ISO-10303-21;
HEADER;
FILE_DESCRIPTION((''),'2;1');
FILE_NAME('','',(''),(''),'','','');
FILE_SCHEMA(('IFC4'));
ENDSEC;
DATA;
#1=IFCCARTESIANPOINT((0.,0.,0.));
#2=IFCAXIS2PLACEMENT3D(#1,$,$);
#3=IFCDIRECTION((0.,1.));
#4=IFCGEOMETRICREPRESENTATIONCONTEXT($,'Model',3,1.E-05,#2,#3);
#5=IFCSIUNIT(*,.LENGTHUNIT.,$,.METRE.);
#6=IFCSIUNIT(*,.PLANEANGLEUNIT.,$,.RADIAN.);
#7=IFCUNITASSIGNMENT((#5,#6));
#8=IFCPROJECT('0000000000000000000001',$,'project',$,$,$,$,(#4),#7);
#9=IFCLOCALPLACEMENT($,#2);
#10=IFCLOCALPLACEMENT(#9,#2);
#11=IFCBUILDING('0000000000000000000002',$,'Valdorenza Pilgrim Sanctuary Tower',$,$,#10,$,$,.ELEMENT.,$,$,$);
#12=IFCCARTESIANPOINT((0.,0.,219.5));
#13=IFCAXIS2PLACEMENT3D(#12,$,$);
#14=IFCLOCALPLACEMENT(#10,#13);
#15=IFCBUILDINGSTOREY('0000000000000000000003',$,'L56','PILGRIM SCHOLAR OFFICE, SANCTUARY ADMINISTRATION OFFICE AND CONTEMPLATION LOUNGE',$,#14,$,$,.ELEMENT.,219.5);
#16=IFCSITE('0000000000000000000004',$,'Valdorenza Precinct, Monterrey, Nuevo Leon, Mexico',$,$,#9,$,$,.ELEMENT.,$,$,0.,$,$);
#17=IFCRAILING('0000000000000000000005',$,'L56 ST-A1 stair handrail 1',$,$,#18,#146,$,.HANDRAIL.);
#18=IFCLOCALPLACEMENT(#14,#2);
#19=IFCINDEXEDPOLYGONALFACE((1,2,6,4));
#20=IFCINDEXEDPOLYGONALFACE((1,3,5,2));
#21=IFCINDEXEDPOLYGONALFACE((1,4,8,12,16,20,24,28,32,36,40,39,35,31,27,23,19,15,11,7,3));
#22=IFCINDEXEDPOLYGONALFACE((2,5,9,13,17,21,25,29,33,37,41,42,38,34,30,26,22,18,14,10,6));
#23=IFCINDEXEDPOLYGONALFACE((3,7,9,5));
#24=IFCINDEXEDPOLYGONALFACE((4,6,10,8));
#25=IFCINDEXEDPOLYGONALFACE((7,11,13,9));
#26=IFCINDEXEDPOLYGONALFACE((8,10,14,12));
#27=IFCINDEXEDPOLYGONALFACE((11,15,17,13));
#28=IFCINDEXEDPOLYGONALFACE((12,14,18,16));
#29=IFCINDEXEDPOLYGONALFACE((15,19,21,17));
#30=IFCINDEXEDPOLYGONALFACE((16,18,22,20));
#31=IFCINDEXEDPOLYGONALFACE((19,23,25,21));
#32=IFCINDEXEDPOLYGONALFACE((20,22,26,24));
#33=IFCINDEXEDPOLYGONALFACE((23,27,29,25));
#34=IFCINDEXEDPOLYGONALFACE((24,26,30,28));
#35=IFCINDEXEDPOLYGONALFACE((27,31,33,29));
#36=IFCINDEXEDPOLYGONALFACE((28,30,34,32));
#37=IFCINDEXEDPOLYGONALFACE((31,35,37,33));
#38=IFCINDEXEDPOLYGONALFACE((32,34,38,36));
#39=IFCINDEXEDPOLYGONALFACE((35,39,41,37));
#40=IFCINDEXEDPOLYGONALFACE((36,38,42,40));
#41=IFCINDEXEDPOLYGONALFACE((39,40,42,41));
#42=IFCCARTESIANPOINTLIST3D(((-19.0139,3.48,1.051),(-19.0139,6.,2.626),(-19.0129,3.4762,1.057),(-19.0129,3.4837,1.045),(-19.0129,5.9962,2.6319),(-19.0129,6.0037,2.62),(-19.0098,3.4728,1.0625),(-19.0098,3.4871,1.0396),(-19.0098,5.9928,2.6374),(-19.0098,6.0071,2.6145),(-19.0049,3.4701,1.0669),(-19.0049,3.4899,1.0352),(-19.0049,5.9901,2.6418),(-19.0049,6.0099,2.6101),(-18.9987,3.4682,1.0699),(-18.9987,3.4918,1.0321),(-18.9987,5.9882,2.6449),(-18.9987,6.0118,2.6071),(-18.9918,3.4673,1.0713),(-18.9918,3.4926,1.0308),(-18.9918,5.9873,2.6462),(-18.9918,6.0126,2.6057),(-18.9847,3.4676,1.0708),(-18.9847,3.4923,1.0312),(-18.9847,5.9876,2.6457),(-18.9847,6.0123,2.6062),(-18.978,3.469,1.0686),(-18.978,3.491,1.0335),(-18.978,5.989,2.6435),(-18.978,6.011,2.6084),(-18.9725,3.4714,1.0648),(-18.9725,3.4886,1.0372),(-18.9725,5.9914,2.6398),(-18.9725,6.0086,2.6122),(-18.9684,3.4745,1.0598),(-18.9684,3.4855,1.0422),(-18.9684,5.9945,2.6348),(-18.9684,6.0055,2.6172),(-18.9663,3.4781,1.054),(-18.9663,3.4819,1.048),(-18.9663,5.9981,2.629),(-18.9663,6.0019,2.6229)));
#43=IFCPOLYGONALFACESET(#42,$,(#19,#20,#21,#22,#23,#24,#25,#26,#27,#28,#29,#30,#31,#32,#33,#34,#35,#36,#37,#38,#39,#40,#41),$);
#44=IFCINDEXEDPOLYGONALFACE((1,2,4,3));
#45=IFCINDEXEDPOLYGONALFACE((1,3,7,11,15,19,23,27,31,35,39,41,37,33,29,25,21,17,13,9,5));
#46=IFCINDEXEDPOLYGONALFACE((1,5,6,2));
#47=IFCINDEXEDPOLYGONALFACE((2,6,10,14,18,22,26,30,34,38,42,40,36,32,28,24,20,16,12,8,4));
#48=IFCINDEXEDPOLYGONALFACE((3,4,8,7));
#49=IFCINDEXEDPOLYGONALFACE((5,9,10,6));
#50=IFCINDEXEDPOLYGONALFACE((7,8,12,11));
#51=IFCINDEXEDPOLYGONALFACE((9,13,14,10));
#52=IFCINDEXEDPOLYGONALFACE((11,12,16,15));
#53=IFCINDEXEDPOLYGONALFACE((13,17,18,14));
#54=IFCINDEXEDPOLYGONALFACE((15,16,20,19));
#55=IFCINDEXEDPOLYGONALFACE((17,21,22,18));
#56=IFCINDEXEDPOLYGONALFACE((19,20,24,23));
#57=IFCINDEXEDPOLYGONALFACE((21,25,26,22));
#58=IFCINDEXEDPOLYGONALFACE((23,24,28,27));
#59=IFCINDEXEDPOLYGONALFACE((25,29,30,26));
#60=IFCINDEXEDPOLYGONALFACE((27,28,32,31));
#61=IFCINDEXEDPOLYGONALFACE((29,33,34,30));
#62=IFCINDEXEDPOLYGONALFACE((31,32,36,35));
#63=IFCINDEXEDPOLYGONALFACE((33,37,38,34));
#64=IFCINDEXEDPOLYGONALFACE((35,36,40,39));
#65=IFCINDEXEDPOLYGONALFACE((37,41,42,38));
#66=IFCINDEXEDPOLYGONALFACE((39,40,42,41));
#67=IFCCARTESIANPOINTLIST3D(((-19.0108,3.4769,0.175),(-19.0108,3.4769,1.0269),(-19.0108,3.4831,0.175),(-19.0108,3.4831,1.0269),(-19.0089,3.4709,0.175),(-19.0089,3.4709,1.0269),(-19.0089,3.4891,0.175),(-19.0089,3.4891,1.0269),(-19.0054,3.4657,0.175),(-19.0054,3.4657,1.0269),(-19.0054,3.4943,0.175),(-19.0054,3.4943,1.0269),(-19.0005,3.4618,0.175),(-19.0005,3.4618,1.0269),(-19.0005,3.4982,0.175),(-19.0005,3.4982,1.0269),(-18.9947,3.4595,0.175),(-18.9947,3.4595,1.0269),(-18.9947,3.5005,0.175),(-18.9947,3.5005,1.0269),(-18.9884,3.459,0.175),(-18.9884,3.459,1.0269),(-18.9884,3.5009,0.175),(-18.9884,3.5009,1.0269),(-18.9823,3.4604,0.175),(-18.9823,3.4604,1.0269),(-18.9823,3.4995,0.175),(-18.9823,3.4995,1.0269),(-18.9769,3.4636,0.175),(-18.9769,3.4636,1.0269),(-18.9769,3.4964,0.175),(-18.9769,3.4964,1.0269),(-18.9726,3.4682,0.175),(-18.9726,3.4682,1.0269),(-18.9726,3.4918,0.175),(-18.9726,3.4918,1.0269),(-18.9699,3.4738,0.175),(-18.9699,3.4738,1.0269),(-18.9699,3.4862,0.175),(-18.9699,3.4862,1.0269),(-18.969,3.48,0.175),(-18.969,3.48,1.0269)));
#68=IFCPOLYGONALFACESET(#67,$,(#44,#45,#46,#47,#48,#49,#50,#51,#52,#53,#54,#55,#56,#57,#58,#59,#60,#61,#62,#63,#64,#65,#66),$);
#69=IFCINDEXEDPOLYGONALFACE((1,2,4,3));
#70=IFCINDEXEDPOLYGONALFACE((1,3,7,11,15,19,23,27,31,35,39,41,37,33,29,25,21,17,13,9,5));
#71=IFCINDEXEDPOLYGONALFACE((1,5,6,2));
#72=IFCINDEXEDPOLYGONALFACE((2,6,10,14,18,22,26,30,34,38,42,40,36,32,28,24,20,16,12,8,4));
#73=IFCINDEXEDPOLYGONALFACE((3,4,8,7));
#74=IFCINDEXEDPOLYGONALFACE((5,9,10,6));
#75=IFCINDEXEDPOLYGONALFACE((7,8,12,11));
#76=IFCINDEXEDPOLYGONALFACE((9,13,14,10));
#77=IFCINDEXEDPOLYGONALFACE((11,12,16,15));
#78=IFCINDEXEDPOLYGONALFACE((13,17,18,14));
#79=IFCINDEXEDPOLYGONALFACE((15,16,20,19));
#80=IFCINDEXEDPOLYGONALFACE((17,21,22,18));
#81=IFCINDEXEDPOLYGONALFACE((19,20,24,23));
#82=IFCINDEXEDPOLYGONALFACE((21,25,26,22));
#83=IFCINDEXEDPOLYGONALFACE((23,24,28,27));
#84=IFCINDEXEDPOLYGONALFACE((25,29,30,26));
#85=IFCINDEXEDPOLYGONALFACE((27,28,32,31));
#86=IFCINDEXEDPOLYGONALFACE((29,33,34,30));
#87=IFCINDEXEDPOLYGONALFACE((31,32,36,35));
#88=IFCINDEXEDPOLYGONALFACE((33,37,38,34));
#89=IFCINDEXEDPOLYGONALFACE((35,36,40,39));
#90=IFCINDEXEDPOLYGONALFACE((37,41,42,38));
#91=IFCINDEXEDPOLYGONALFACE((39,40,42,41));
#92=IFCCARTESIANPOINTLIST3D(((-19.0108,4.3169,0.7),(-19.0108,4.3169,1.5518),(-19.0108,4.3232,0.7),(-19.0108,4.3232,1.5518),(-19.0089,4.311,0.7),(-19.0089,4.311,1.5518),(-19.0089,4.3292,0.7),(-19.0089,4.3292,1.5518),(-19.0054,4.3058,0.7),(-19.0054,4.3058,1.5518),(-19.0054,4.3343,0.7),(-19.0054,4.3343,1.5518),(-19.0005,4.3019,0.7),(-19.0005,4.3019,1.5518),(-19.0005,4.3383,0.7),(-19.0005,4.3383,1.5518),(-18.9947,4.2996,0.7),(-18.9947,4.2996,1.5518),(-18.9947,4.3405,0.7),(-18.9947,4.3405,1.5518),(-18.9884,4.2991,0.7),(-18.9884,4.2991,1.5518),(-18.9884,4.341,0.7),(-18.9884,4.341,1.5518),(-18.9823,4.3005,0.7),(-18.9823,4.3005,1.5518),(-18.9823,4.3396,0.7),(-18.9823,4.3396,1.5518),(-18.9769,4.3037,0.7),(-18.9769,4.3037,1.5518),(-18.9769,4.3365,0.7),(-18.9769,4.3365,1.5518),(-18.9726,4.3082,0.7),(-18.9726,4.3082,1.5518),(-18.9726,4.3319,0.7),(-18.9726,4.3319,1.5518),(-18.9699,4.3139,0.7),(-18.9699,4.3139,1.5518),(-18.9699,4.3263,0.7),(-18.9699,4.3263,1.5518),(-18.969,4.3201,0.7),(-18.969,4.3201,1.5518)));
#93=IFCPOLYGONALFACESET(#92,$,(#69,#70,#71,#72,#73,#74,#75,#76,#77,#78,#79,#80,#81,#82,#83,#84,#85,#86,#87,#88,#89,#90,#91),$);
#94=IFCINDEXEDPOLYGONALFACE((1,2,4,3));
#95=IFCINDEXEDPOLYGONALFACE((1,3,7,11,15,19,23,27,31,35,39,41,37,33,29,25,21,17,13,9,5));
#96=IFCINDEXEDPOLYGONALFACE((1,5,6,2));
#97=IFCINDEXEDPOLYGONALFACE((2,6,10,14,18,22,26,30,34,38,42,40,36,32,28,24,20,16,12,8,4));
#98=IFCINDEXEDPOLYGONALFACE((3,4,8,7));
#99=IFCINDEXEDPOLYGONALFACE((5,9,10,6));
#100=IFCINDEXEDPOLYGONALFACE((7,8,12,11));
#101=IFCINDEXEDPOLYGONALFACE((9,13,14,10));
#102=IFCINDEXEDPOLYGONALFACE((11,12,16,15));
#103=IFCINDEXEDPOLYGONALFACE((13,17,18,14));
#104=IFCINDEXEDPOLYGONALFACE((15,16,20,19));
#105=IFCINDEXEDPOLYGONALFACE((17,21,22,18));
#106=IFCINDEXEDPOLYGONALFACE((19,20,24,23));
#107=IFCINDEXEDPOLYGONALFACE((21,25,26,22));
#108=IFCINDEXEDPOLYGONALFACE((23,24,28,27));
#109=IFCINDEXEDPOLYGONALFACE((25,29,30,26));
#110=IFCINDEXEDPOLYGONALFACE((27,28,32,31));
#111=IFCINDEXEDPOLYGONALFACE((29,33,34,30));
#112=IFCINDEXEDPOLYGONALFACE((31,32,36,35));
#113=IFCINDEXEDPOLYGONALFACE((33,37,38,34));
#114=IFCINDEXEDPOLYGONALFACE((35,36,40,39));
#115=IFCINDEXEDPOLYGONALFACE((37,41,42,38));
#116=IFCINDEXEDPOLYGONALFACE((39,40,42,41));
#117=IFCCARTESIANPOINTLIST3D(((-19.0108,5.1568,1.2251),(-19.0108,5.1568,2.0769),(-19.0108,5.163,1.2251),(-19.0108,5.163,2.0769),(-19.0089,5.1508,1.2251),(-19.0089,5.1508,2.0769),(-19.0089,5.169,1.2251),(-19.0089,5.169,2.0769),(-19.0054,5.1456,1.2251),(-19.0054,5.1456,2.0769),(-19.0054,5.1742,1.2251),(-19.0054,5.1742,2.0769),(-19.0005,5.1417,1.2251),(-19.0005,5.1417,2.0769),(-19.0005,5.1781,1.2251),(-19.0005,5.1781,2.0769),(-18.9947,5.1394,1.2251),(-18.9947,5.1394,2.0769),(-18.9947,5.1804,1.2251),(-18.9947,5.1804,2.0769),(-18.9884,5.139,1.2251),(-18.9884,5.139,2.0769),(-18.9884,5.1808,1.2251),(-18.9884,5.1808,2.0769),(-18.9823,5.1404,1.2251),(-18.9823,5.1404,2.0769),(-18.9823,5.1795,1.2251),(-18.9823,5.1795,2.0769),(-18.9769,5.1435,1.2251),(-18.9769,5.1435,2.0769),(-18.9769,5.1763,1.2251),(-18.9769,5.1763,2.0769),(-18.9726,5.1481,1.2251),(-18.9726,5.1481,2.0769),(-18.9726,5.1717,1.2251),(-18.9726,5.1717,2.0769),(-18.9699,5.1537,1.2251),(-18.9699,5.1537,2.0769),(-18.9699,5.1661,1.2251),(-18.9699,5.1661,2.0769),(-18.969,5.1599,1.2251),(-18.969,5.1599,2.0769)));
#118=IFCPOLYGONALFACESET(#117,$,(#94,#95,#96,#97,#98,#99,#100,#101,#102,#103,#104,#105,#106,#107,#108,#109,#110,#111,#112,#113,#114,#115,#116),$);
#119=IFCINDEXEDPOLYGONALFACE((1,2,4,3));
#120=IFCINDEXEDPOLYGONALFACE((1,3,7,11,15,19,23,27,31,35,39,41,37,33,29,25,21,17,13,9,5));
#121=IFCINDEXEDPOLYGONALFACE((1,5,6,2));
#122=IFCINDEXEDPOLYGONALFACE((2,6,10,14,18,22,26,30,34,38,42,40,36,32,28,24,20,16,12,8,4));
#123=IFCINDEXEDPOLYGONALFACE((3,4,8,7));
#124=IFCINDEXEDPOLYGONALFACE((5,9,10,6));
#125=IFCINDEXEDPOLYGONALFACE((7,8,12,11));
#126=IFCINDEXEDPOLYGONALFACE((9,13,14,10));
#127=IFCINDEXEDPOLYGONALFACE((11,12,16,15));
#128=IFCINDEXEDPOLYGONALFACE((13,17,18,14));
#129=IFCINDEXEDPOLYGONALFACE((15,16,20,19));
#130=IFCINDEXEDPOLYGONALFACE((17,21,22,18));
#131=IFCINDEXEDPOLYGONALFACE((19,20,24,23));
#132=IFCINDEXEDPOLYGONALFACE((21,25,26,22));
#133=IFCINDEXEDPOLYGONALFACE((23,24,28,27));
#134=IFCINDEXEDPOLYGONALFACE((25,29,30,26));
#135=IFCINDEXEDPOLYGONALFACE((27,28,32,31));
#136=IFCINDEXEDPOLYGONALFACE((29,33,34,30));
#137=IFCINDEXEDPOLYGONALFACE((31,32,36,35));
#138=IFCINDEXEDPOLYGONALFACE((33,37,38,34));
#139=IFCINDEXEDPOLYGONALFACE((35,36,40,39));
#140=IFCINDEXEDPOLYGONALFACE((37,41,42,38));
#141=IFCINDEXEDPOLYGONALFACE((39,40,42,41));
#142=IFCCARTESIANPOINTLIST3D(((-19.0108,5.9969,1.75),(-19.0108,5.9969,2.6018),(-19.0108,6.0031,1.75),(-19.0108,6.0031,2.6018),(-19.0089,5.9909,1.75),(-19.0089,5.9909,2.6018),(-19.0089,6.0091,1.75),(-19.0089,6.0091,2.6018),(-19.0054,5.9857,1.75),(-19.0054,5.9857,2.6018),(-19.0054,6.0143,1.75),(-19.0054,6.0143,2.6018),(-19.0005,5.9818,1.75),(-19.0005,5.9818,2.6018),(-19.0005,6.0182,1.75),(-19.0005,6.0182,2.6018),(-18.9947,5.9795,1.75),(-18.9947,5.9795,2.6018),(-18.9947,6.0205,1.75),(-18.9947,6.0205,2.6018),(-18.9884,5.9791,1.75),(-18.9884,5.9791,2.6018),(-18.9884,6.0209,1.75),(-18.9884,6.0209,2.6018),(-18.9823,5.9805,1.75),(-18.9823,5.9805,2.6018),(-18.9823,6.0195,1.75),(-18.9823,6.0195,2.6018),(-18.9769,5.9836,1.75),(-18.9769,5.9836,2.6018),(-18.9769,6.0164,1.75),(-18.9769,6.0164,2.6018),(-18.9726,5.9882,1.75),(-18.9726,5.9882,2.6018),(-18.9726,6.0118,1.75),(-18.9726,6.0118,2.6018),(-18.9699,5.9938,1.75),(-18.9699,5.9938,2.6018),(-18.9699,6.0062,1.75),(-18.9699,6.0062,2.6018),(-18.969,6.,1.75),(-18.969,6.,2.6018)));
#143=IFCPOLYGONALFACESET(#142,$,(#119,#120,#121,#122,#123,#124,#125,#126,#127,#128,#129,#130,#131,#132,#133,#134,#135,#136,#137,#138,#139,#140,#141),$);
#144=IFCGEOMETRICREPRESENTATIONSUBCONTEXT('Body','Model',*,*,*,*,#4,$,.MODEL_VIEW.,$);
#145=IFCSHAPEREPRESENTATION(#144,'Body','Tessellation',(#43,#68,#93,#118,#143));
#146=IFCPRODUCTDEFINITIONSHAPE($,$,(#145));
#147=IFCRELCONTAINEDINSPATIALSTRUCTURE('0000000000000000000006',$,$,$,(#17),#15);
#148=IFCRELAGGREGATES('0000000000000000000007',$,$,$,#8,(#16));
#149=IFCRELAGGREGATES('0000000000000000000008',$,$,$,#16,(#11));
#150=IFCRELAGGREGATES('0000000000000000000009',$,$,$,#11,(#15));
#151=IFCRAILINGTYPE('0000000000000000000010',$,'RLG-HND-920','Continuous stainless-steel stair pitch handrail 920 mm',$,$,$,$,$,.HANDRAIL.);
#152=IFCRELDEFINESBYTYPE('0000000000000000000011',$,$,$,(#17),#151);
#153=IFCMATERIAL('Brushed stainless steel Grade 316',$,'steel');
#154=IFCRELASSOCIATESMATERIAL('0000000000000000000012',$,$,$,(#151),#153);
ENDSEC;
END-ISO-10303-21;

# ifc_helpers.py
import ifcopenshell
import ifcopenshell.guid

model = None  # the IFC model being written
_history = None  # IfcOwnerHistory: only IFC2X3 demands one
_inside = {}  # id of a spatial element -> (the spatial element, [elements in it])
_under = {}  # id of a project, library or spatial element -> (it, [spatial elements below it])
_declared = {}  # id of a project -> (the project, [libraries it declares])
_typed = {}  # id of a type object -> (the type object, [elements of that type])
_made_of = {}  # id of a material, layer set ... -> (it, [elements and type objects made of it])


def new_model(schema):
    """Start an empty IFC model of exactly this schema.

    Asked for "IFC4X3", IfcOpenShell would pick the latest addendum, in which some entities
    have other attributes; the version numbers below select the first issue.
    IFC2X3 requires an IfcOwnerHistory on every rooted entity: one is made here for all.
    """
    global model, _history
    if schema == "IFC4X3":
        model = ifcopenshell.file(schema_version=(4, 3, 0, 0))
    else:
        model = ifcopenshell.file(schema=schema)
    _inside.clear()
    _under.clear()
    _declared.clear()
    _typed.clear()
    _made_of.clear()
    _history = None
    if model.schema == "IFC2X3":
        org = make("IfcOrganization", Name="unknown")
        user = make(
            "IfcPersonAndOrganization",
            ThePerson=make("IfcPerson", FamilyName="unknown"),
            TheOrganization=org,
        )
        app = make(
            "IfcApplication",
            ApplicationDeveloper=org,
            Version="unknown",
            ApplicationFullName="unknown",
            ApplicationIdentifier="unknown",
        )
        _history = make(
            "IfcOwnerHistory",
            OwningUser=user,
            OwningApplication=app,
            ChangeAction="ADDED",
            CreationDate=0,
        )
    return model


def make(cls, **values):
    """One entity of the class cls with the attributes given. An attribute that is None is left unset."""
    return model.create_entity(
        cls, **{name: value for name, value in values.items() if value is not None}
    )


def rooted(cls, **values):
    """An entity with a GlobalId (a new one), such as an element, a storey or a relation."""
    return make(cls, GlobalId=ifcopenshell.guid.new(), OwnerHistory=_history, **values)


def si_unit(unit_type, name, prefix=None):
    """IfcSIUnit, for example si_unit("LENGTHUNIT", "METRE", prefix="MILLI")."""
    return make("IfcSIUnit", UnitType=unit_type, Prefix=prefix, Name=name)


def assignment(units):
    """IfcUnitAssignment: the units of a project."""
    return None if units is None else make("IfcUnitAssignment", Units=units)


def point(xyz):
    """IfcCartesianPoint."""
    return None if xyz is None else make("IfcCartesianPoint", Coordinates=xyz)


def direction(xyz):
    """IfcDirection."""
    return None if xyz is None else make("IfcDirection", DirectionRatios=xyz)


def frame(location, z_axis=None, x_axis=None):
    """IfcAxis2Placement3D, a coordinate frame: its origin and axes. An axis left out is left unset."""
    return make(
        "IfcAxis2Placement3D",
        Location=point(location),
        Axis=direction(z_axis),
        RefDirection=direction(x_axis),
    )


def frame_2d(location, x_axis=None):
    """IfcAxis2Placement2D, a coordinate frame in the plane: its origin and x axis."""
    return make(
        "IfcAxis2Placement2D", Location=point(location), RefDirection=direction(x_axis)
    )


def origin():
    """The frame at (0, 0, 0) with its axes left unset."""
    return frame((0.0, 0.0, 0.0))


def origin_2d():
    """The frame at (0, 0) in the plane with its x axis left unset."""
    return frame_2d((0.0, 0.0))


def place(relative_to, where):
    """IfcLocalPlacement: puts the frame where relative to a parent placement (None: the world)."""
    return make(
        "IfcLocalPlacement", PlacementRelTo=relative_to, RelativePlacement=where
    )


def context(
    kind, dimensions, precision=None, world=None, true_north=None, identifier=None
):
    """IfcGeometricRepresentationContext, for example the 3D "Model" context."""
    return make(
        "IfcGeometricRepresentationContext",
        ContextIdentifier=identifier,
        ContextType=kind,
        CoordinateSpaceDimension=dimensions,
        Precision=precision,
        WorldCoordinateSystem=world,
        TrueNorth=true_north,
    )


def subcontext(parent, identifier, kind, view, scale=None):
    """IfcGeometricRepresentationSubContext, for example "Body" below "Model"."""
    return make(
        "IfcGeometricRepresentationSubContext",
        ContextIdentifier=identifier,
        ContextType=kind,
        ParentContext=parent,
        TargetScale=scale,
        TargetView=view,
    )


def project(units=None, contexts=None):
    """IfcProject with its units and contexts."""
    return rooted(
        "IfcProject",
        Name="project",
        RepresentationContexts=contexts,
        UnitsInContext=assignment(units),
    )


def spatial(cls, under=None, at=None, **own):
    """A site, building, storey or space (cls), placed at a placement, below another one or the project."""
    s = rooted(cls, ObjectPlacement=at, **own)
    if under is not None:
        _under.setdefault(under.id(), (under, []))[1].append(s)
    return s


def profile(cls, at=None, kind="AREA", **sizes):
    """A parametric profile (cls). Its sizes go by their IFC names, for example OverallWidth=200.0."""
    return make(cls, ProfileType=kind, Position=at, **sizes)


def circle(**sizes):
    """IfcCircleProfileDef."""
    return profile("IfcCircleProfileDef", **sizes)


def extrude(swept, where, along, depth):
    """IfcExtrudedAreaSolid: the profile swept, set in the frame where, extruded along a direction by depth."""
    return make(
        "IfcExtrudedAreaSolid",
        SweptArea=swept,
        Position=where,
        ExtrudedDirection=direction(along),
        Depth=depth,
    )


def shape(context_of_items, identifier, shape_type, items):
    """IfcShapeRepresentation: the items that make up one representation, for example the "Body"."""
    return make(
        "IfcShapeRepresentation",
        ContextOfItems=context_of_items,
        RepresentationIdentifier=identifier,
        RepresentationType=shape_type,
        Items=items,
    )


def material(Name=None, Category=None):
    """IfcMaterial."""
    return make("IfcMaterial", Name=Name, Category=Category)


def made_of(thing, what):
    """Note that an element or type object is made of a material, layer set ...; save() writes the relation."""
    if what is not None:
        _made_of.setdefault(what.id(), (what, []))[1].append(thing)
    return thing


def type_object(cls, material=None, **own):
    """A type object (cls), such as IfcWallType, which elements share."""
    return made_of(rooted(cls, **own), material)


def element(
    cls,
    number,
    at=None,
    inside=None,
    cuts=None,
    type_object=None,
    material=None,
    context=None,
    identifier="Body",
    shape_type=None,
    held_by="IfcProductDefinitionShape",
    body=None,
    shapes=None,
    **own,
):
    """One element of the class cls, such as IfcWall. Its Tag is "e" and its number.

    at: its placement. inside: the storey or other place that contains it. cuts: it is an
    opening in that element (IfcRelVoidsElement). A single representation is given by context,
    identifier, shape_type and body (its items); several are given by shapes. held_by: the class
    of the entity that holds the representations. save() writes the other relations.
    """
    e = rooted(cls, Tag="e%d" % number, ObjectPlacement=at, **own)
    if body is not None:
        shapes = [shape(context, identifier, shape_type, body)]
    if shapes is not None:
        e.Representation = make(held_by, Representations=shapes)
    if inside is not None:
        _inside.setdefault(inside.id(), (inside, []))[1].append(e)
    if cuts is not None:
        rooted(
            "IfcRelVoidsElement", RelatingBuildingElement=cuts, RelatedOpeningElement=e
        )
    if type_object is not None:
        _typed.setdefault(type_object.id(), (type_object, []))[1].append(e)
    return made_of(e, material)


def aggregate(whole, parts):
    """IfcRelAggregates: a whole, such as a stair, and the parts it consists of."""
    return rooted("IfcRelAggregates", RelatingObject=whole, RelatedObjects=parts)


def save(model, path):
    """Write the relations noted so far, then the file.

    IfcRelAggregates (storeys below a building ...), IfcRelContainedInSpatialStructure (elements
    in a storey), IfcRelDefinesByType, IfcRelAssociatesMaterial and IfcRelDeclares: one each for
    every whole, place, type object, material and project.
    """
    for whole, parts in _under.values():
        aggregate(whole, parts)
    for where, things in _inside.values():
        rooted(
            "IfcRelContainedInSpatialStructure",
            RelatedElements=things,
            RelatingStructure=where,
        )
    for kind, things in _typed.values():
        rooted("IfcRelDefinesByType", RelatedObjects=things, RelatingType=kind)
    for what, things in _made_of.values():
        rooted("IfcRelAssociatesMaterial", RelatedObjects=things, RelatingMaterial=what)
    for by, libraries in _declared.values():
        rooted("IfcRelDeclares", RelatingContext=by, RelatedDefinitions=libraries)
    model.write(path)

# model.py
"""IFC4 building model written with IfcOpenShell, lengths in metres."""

from ifc_helpers import new_model, si_unit, direction, frame, origin, origin_2d, place, context, subcontext, project, spatial, circle, extrude, material, type_object, element, save


model = new_model("IFC4")

# Units and contexts
model_context = context("Model", 3, precision=1e-05, world=origin(), true_north=direction((0.0, 1.0)))
body_context = subcontext(model_context, "Body", "Model", "MODEL_VIEW")
ifc_project = project(units=[si_unit("LENGTHUNIT", "METRE"), si_unit("PLANEANGLEUNIT", "RADIAN")], contexts=[model_context])

# Site, building, storey
site_placement = place(None, origin())
site = spatial("IfcSite", under=ifc_project, at=site_placement, Name="Valdorenza Precinct, Monterrey, Nuevo Leon, Mexico", CompositionType="ELEMENT", RefElevation=0.0)
building_placement = place(site_placement, origin())
building = spatial("IfcBuilding", under=site, at=building_placement, Name="Valdorenza Pilgrim Sanctuary Tower", CompositionType="ELEMENT")
storey_placement = place(building_placement, frame((0.0, 0.0, 219.5)))
storey = spatial("IfcBuildingStorey", under=building, at=storey_placement, Name="L56", Description="PILGRIM SCHOLAR OFFICE, SANCTUARY ADMINISTRATION OFFICE AND CONTEMPLATION LOUNGE", CompositionType="ELEMENT", Elevation=219.5)

# Shared definitions
ifc_material_1 = material(Name="Brushed stainless steel Grade 316", Category="steel")

# Railing
railing_type_1 = type_object("IfcRailingType", Name="RLG-HND-920", Description="Continuous stainless-steel stair pitch handrail 920 mm", PredefinedType="HANDRAIL", material=ifc_material_1)
railing_1_placement = place(storey_placement, frame((-18.99, 3.48, 0.175)))
element("IfcRailing", 1, at=railing_1_placement, inside=storey, type_object=railing_type_1, Name="L56 ST-A1 stair handrail 1", PredefinedType="HANDRAIL", context=body_context, shape_type="SweptSolid", body=[
    extrude(circle(Radius=0.0239, at=origin_2d()), frame((0.0, 0.0, 0.876), z_axis=(0.0, 0.848008, 0.529984), x_axis=(-1.0, 0.0, 0.0)), (0.0, 0.0, 1.0), 2.9717),
    extrude(circle(Radius=0.021, at=origin_2d()), origin(), (0.0, 0.0, 1.0), 0.8518),
    extrude(circle(Radius=0.021, at=origin_2d()), frame((0.0, 0.8401, 0.5249)), (0.0, 0.0, 1.0), 0.8518),
    extrude(circle(Radius=0.021, at=origin_2d()), frame((0.0, 1.6799, 1.05)), (0.0, 0.0, 1.0), 0.8518),
    extrude(circle(Radius=0.021, at=origin_2d()), frame((0.0, 2.52, 1.575)), (0.0, 0.0, 1.0), 0.8518),
])

save(model, "model.ifc")
